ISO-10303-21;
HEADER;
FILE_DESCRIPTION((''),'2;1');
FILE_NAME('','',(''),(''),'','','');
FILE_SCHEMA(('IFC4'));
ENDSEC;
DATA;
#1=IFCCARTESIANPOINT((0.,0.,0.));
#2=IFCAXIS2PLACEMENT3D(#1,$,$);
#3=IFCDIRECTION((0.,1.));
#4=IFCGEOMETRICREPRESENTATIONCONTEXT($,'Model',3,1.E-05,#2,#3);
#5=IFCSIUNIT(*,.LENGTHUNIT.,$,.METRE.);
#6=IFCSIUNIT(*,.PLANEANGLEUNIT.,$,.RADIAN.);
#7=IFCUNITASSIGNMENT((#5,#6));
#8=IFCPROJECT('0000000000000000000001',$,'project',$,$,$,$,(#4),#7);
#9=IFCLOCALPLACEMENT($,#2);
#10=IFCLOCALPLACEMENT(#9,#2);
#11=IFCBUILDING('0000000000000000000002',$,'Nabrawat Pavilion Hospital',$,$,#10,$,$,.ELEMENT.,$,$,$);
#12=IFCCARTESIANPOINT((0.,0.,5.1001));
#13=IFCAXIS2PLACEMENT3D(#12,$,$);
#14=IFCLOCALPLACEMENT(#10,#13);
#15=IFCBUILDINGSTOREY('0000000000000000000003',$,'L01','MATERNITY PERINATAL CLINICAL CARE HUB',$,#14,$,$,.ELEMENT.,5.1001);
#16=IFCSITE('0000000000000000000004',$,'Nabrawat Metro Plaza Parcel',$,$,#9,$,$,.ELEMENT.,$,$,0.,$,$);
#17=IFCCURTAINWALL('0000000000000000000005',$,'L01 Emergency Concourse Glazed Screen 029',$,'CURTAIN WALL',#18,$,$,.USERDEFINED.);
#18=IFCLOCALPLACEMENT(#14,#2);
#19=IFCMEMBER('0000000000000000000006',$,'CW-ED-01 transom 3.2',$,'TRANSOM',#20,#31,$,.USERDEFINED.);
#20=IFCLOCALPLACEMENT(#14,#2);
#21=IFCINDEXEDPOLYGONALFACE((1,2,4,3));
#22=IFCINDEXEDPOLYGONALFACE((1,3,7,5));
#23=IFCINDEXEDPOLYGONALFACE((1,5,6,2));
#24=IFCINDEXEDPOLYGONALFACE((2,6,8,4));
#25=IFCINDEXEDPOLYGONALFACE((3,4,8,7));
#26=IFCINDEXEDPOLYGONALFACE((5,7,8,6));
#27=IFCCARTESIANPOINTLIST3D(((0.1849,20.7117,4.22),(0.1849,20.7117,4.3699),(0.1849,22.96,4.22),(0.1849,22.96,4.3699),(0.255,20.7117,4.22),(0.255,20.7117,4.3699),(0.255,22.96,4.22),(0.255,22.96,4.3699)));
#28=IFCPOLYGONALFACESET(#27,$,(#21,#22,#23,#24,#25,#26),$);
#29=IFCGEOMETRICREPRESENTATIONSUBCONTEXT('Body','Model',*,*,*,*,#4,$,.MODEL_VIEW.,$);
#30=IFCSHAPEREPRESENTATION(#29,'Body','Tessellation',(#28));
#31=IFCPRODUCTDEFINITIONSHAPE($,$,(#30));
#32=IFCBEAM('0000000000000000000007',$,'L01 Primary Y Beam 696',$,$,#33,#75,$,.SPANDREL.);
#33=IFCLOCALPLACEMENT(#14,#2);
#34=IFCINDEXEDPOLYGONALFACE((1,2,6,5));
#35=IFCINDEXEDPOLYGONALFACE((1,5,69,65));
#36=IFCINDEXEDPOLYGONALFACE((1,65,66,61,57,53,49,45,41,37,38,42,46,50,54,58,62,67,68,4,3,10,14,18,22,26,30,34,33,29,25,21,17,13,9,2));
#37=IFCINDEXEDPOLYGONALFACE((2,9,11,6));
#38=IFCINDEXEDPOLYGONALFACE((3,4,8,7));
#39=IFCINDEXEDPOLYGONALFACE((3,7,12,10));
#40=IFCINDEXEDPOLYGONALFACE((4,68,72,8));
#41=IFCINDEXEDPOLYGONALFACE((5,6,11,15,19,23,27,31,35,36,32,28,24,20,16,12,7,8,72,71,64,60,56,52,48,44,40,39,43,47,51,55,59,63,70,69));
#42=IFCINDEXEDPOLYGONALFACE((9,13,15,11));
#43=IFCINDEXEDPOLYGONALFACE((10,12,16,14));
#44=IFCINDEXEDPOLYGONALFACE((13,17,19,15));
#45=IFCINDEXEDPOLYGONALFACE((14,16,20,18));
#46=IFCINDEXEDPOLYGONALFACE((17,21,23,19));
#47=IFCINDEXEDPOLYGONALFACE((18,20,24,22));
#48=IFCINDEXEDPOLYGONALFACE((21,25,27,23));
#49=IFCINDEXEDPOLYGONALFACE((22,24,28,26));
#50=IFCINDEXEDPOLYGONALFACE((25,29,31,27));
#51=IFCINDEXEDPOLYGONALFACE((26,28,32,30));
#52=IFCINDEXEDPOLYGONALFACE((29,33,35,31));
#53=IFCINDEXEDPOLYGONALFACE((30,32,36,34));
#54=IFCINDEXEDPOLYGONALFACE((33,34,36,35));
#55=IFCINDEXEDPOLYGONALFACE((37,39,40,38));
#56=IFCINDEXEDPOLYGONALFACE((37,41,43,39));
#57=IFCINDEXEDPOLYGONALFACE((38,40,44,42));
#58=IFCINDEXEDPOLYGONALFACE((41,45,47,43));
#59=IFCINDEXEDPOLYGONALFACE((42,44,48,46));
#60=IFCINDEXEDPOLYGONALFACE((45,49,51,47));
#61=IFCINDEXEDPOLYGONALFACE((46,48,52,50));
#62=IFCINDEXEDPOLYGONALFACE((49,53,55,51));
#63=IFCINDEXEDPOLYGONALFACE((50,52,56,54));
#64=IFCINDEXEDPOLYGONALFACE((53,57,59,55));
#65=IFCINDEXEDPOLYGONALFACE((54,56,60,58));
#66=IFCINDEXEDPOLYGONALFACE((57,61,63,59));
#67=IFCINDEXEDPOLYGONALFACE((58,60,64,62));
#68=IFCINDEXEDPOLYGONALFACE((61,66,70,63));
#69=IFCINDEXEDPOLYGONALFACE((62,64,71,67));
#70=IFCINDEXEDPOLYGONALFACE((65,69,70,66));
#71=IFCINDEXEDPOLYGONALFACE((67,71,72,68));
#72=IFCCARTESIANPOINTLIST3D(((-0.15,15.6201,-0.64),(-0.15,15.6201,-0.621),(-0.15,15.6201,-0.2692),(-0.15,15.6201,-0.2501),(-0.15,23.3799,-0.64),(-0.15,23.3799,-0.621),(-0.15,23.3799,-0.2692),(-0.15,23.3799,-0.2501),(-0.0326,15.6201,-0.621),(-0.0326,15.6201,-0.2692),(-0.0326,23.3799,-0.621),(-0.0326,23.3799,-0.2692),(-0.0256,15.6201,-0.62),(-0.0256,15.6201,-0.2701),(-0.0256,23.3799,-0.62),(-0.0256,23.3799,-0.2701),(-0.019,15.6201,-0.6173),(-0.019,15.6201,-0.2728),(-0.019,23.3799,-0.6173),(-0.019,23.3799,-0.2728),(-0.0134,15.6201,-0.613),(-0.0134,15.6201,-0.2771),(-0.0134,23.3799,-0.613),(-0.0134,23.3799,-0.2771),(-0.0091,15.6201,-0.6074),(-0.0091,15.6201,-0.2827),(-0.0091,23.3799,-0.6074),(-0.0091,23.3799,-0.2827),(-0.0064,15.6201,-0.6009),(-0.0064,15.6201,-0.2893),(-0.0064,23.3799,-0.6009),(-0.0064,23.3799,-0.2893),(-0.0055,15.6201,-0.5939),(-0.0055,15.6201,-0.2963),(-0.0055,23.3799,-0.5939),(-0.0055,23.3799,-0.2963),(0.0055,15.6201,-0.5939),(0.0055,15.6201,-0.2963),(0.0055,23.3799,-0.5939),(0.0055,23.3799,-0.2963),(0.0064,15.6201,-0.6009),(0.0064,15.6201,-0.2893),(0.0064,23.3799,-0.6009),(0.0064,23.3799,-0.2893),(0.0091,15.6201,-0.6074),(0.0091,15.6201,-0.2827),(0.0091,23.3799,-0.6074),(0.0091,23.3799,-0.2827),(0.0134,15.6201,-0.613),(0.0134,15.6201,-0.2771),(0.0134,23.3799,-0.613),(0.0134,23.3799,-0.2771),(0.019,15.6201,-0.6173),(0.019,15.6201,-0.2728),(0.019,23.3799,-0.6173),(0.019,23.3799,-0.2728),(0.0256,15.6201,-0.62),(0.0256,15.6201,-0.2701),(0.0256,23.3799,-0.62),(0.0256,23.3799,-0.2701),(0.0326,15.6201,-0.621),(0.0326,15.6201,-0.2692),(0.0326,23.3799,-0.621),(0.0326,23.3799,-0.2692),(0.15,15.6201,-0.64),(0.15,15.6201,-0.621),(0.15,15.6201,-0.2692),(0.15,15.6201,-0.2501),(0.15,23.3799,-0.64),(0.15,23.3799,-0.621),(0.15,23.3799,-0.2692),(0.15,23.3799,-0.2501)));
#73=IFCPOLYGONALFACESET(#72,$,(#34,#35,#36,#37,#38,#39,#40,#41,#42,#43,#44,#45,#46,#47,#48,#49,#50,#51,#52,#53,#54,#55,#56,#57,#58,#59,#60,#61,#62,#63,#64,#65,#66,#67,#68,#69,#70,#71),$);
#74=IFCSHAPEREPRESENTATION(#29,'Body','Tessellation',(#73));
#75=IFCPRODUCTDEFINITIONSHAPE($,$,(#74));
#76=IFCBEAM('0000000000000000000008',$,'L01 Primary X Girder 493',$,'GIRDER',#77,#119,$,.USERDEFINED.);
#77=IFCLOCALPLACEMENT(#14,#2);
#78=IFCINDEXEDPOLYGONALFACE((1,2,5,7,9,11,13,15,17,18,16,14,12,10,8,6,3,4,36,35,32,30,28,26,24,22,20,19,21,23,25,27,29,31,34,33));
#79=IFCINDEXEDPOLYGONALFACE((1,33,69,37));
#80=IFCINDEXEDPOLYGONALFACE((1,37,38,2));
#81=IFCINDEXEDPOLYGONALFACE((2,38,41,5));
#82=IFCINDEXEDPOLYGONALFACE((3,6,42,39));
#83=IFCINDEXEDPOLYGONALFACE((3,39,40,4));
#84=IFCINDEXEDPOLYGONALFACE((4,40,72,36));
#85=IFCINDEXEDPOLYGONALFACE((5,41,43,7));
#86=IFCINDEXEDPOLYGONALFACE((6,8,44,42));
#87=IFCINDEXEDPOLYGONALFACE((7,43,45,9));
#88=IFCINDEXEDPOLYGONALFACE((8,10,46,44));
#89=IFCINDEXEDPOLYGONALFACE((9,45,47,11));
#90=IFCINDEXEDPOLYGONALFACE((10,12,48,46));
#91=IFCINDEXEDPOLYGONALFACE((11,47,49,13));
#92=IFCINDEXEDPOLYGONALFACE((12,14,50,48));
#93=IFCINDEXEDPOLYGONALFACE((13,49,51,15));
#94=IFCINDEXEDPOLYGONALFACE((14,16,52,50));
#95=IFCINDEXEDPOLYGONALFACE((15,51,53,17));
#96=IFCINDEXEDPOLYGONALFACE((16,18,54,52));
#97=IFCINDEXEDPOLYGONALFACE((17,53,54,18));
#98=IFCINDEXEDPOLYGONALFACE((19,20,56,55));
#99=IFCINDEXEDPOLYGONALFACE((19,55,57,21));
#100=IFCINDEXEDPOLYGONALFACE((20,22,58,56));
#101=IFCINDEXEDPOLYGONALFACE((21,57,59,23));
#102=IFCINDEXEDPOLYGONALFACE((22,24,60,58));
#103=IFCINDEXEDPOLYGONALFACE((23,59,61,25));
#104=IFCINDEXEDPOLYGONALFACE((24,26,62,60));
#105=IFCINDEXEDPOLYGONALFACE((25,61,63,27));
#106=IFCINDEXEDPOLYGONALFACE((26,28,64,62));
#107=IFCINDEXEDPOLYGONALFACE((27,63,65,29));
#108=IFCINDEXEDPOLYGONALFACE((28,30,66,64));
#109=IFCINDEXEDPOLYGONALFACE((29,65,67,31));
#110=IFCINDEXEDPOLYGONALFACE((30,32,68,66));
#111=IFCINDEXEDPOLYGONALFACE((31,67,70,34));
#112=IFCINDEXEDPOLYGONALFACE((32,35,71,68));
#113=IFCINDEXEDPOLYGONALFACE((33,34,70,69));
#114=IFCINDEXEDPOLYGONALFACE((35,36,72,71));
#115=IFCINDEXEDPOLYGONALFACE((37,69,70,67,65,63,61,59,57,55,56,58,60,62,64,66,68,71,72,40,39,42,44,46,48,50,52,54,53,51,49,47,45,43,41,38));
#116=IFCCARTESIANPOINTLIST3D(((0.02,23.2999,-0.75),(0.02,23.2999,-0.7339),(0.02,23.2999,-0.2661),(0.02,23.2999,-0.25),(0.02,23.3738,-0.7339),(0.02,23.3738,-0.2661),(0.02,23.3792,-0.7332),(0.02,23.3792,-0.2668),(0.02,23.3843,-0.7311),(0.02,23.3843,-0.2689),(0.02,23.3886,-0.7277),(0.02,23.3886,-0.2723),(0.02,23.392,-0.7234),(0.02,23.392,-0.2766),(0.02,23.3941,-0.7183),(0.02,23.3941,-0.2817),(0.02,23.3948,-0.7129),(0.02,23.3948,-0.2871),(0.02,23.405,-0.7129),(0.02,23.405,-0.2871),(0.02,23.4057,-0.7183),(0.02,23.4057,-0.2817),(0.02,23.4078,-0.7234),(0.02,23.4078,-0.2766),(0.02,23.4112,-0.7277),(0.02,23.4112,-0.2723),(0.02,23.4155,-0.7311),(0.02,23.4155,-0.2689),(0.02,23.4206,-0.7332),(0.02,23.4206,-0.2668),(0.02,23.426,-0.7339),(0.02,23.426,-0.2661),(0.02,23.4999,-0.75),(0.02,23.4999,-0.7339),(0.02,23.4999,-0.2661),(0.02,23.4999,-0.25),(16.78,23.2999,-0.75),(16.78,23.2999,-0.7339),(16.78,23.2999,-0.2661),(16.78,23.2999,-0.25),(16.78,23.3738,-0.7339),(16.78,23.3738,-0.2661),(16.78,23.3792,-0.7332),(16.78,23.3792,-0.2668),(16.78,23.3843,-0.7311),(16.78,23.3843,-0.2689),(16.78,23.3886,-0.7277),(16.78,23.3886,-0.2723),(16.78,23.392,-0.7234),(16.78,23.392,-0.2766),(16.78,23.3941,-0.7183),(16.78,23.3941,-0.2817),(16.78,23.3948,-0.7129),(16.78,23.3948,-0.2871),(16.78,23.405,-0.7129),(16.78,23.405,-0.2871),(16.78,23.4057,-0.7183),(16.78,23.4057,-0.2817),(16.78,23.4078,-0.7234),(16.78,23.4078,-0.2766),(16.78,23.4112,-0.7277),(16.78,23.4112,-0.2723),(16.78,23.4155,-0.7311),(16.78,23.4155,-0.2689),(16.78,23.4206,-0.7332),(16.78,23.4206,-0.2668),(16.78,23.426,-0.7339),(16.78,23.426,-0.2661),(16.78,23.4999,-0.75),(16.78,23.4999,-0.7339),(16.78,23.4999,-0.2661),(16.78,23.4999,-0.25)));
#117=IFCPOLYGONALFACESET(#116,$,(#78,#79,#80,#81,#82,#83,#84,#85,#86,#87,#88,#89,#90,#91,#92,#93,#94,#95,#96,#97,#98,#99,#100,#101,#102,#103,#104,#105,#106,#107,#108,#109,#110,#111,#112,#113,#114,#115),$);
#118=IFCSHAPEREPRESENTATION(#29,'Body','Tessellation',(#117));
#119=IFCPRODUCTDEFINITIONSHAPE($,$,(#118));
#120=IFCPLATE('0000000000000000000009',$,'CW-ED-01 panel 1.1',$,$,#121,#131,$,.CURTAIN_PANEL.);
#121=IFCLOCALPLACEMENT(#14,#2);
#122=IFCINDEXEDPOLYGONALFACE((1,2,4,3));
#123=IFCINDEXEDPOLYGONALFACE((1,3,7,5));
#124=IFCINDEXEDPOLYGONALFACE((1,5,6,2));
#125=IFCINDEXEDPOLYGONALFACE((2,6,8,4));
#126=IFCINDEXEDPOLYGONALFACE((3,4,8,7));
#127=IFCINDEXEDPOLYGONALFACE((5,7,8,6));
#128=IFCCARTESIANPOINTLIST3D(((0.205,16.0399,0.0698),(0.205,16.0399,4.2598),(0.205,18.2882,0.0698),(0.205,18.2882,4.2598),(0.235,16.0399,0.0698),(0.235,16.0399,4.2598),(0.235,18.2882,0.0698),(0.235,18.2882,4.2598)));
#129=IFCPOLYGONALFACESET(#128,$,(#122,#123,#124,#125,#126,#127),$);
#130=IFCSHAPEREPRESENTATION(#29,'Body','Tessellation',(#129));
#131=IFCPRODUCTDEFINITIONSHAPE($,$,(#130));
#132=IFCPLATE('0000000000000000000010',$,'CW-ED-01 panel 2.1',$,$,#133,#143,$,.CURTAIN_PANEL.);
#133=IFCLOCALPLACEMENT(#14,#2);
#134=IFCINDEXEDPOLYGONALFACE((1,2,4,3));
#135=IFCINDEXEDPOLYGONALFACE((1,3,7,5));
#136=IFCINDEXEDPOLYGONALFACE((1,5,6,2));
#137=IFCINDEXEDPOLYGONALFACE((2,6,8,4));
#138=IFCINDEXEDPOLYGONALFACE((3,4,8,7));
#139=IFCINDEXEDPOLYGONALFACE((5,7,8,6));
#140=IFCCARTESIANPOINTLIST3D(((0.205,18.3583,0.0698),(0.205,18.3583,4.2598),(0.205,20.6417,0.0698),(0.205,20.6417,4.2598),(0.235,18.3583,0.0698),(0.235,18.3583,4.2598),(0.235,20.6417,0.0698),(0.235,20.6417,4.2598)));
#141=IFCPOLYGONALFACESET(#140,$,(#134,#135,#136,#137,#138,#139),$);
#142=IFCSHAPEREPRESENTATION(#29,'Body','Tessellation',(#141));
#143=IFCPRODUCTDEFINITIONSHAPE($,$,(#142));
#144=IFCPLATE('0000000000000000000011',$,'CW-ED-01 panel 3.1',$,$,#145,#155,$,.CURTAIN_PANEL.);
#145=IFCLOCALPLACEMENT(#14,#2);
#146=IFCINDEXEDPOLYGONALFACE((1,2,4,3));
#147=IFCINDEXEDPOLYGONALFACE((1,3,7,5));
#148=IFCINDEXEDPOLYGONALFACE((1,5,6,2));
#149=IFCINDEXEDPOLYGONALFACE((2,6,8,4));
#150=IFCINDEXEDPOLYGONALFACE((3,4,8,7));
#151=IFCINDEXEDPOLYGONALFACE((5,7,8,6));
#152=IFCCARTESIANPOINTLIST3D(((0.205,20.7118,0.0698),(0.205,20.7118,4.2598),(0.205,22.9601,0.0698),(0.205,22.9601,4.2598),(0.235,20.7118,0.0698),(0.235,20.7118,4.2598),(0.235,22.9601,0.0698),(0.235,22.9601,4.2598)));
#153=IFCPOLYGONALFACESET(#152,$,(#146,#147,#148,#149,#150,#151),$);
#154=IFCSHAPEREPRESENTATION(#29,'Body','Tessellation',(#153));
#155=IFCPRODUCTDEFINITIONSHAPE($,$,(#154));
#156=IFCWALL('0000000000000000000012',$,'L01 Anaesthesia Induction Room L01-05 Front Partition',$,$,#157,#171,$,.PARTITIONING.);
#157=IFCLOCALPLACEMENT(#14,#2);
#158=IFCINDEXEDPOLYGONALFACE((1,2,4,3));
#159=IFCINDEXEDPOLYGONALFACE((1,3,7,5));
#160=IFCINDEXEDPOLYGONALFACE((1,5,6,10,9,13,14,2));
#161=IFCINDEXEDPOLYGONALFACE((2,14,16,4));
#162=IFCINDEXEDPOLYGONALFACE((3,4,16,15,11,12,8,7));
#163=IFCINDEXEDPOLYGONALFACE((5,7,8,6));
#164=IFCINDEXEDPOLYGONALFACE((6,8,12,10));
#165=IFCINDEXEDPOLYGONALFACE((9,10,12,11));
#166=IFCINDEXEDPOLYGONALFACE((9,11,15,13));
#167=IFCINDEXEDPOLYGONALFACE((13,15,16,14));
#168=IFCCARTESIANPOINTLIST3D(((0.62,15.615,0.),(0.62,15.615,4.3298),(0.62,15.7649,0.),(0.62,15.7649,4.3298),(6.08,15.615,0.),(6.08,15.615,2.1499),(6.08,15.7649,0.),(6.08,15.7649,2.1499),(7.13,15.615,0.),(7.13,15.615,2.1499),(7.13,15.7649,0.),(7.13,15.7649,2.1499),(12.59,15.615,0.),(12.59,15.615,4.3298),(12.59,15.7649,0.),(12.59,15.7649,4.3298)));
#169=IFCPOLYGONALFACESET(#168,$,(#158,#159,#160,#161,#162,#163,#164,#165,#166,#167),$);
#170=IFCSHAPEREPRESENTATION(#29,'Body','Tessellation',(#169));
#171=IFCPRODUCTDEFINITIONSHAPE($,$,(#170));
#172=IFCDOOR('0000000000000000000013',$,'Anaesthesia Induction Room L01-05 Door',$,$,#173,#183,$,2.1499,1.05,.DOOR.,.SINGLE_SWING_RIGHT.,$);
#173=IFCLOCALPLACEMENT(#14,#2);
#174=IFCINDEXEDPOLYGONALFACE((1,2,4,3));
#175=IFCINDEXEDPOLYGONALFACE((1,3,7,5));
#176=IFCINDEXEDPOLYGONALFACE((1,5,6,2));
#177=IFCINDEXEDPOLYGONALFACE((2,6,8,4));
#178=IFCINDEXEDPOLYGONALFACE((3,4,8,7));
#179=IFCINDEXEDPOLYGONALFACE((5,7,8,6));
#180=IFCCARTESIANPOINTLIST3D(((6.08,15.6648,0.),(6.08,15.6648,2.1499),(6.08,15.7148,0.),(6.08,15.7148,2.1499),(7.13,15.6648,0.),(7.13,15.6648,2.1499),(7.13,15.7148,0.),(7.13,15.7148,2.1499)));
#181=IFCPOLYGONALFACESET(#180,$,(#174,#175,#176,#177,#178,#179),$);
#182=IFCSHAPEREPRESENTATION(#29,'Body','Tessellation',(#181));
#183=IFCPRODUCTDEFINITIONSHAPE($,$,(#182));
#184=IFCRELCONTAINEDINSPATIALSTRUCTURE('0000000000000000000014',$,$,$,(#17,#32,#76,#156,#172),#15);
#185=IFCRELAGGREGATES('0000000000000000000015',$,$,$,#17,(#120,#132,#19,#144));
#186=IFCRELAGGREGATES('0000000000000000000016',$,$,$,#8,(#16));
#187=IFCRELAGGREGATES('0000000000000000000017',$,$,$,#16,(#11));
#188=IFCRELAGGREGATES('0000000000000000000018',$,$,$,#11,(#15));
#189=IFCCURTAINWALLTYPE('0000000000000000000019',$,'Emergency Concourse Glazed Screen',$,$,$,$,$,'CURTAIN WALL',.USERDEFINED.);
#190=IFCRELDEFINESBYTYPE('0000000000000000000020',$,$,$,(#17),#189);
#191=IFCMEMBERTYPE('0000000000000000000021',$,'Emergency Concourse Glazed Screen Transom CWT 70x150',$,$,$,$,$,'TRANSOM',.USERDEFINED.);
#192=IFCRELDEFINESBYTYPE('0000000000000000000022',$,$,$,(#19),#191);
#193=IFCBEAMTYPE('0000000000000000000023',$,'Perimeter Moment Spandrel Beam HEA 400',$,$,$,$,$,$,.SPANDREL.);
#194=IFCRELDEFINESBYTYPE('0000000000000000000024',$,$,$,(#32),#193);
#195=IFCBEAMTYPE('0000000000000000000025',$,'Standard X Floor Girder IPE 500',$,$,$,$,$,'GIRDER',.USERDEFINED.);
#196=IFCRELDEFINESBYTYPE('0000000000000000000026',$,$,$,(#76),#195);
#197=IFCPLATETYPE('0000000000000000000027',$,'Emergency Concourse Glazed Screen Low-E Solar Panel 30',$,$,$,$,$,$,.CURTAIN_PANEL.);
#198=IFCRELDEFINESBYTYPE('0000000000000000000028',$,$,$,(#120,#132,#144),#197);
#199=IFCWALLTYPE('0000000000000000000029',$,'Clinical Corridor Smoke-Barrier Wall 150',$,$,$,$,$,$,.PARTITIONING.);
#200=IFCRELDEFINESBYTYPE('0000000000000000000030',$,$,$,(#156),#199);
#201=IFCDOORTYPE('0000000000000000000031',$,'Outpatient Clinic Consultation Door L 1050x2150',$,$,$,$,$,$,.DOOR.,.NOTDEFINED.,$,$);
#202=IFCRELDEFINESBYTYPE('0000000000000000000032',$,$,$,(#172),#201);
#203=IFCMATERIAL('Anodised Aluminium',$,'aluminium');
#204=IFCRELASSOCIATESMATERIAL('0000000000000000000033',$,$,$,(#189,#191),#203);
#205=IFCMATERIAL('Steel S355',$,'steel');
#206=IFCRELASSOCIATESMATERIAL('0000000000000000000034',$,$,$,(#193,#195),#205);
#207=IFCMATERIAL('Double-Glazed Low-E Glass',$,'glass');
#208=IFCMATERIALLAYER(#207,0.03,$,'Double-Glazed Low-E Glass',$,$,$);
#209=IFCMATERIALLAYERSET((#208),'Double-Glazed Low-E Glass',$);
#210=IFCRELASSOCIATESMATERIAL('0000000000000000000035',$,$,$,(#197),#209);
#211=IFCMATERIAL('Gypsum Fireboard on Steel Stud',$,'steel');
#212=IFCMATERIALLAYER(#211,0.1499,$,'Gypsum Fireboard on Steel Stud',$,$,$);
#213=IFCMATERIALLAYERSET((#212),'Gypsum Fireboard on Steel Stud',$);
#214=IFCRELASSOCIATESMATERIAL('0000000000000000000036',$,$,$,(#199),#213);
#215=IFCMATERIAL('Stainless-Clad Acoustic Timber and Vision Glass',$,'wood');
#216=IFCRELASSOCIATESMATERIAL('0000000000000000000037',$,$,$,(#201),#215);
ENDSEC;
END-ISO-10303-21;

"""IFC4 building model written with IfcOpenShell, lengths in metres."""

from ifc_helpers import new_model, si_unit, direction, frame, frame_2d, origin, origin_2d, place, context, subcontext, project, spatial, rectangle, i_section, extrude, material, layer, layer_set, material_profile, profile_set, type_object, element, fill, aggregate, save


model = new_model("IFC4")

# Units and contexts
model_context = context("Model", 3, precision=1e-05, world=origin(), true_north=direction((0.0, 1.0)))
body_context = subcontext(model_context, "Body", "Model", "MODEL_VIEW")
ifc_project = project(units=[si_unit("LENGTHUNIT", "METRE"), si_unit("PLANEANGLEUNIT", "RADIAN")], contexts=[model_context])

# Site, building, storey
site_placement = place(None, origin())
site = spatial("IfcSite", under=ifc_project, at=site_placement, Name="Nabrawat Metro Plaza Parcel", CompositionType="ELEMENT", RefElevation=0.0)
building_placement = place(site_placement, origin())
building = spatial("IfcBuilding", under=site, at=building_placement, Name="Nabrawat Pavilion Hospital", CompositionType="ELEMENT")
storey_placement = place(building_placement, frame((0.0, 0.0, 5.1001)))
storey = spatial("IfcBuildingStorey", under=building, at=storey_placement, Name="L01", Description="MATERNITY PERINATAL CLINICAL CARE HUB", CompositionType="ELEMENT", Elevation=5.1001)

# Shared definitions
ifc_material_1 = material(Name="Steel S355", Category="steel")

# Curtain wall, member
ifc_material_2 = material(Name="Anodised Aluminium", Category="aluminium")
curtain_wall_type = type_object("IfcCurtainWallType", Name="Emergency Concourse Glazed Screen", ElementType="CURTAIN WALL", PredefinedType="USERDEFINED", material=ifc_material_2)
curtain_wall_placement = place(storey_placement, origin())
curtain_wall = element("IfcCurtainWall", 1, at=curtain_wall_placement, inside=storey, type_object=curtain_wall_type, Name="L01 Emergency Concourse Glazed Screen 029", ObjectType="CURTAIN WALL", PredefinedType="USERDEFINED")
ifc_material_profile_1 = material_profile(ifc_material_2, rectangle(XDim=0.0701, YDim=0.1499, at=origin_2d()), Name="CWT 70x150")
ifc_profile_set_1 = profile_set([ifc_material_profile_1], Name="Anodised Aluminium")
member_type_1 = type_object("IfcMemberType", Name="Emergency Concourse Glazed Screen Transom CWT 70x150", ElementType="TRANSOM", PredefinedType="USERDEFINED", material=ifc_profile_set_1)
member_1_placement = place(storey_placement, frame((0.22, 20.7117, 4.2949), z_axis=(0.0, 1.0, 0.0), x_axis=(-1.0, 0.0, 0.0)))
member_1 = element("IfcMember", 2, at=member_1_placement, type_object=member_type_1, Name="CW-ED-01 transom 3.2", ObjectType="TRANSOM", PredefinedType="USERDEFINED", context=body_context, shape_type="SweptSolid", body=[
    extrude(rectangle(XDim=0.0701, YDim=0.1499, at=origin_2d()), origin(), (0.0, 0.0, 1.0), 2.2483),
])

# Beams
ifc_material_profile_2 = material_profile(ifc_material_1, i_section(OverallWidth=0.3, OverallDepth=0.3899, WebThickness=0.011, FlangeThickness=0.019, FilletRadius=0.0271, at=origin_2d()), Name="HEA 400")
ifc_profile_set_2 = profile_set([ifc_material_profile_2], Name="Steel S355")
beam_type_1 = type_object("IfcBeamType", Name="Perimeter Moment Spandrel Beam HEA 400", PredefinedType="SPANDREL", material=ifc_profile_set_2)
beam_1_placement = place(storey_placement, frame((0.0, 15.6201, -0.4451), z_axis=(0.0, 1.0, 0.0), x_axis=(-1.0, 0.0, 0.0)))
element("IfcBeam", 3, at=beam_1_placement, inside=storey, type_object=beam_type_1, Name="L01 Primary Y Beam 696", PredefinedType="SPANDREL", context=body_context, shape_type="SweptSolid", body=[
    extrude(i_section(OverallWidth=0.3, OverallDepth=0.3899, WebThickness=0.011, FlangeThickness=0.019, FilletRadius=0.0271, at=origin_2d()), origin(), (0.0, 0.0, 1.0), 7.7598),
])
ifc_material_profile_3 = material_profile(ifc_material_1, i_section(OverallWidth=0.2, OverallDepth=0.5, WebThickness=0.0103, FlangeThickness=0.0161, FilletRadius=0.021, at=origin_2d()), Name="IPE 500")
ifc_profile_set_3 = profile_set([ifc_material_profile_3], Name="Steel S355")
beam_type_2 = type_object("IfcBeamType", Name="Standard X Floor Girder IPE 500", ElementType="GIRDER", PredefinedType="USERDEFINED", material=ifc_profile_set_3)
beam_2_placement = place(storey_placement, frame((0.02, 23.3999, -0.5), z_axis=(1.0, 0.0, 0.0), x_axis=(0.0, 1.0, 0.0)))
element("IfcBeam", 4, at=beam_2_placement, inside=storey, type_object=beam_type_2, Name="L01 Primary X Girder 493", ObjectType="GIRDER", PredefinedType="USERDEFINED", context=body_context, shape_type="SweptSolid", body=[
    extrude(i_section(OverallWidth=0.2, OverallDepth=0.5, WebThickness=0.0103, FlangeThickness=0.0161, FilletRadius=0.021, at=origin_2d()), origin(), (0.0, 0.0, 1.0), 16.76),
])

# Plates
ifc_material_3 = material(Name="Double-Glazed Low-E Glass", Category="glass")
ifc_layer_1 = layer(ifc_material_3, 0.03, Name="Double-Glazed Low-E Glass")
ifc_layer_set_1 = layer_set([ifc_layer_1], Name="Double-Glazed Low-E Glass")
plate_type = type_object("IfcPlateType", Name="Emergency Concourse Glazed Screen Low-E Solar Panel 30", PredefinedType="CURTAIN_PANEL", material=ifc_layer_set_1)
plate_1_placement = place(storey_placement, frame((0.22, 17.1641, 0.0698), z_axis=(0.0, 0.0, 1.0), x_axis=(0.0, 1.0, 0.0)))
plate_1 = element("IfcPlate", 5, at=plate_1_placement, type_object=plate_type, Name="CW-ED-01 panel 1.1", PredefinedType="CURTAIN_PANEL", context=body_context, shape_type="SweptSolid", body=[
    extrude(rectangle(XDim=2.2483, YDim=0.03, at=origin_2d()), origin(), (0.0, 0.0, 1.0), 4.1899),
])
plate_2_placement = place(storey_placement, frame((0.22, 19.5, 0.0698), z_axis=(0.0, 0.0, 1.0), x_axis=(0.0, 1.0, 0.0)))
plate_2 = element("IfcPlate", 6, at=plate_2_placement, type_object=plate_type, Name="CW-ED-01 panel 2.1", PredefinedType="CURTAIN_PANEL", context=body_context, shape_type="SweptSolid", body=[
    extrude(rectangle(XDim=2.2834, YDim=0.03, at=origin_2d()), origin(), (0.0, 0.0, 1.0), 4.1899),
])
plate_3_placement = place(storey_placement, frame((0.22, 21.8359, 0.0698), z_axis=(0.0, 0.0, 1.0), x_axis=(0.0, 1.0, 0.0)))
plate_3 = element("IfcPlate", 7, at=plate_3_placement, type_object=plate_type, Name="CW-ED-01 panel 3.1", PredefinedType="CURTAIN_PANEL", context=body_context, shape_type="SweptSolid", body=[
    extrude(rectangle(XDim=2.2483, YDim=0.03, at=origin_2d()), origin(), (0.0, 0.0, 1.0), 4.1899),
])
aggregate(curtain_wall, [plate_1, plate_2, member_1, plate_3])

# Wall, opening, door
ifc_material_4 = material(Name="Gypsum Fireboard on Steel Stud", Category="steel")
ifc_layer_2 = layer(ifc_material_4, 0.1499, Name="Gypsum Fireboard on Steel Stud")
ifc_layer_set_2 = layer_set([ifc_layer_2], Name="Gypsum Fireboard on Steel Stud")
wall_type = type_object("IfcWallType", Name="Clinical Corridor Smoke-Barrier Wall 150", PredefinedType="PARTITIONING", material=ifc_layer_set_2)
wall_placement = place(storey_placement, frame((0.6201, 15.6899, 0.0), z_axis=(0.0, 0.0, 1.0), x_axis=(1.0, 0.0, 0.0)))
wall = element("IfcWall", 8, at=wall_placement, inside=storey, type_object=wall_type, Name="L01 Anaesthesia Induction Room L01-05 Front Partition", PredefinedType="PARTITIONING", context=body_context, shape_type="SweptSolid", body=[
    extrude(rectangle(XDim=11.97, YDim=0.1499, at=frame_2d((5.9849, 0.0))), origin(), (0.0, 0.0, 1.0), 4.3298),
])
opening_placement = place(wall_placement, frame((5.46, 0.0, 0.0)))
opening = element("IfcOpeningElement", 9, at=opening_placement, cuts=wall, PredefinedType="OPENING", context=body_context, shape_type="SweptSolid", body=[
    extrude(rectangle(XDim=1.05, YDim=2.1499, at=frame_2d((0.5249, 1.075))), frame((0.0, 0.085, 0.0), z_axis=(0.0, -1.0, 0.0), x_axis=(1.0, 0.0, 0.0)), (0.0, 0.0, 1.0), 0.1699),
])
ifc_material_5 = material(Name="Stainless-Clad Acoustic Timber and Vision Glass", Category="wood")
door_type = type_object("IfcDoorType", Name="Outpatient Clinic Consultation Door L 1050x2150", OperationType="NOTDEFINED", PredefinedType="DOOR", material=ifc_material_5)
door_placement = place(opening_placement, origin())
door = element("IfcDoor", 10, at=door_placement, inside=storey, type_object=door_type, Name="Anaesthesia Induction Room L01-05 Door", OperationType="SINGLE_SWING_RIGHT", OverallHeight=2.1499, OverallWidth=1.05, PredefinedType="DOOR", context=body_context, shape_type="SweptSolid", body=[
    extrude(rectangle(XDim=1.05, YDim=2.1499, at=frame_2d((0.5249, 1.075))), frame((0.0, 0.0249, 0.0), z_axis=(0.0, -1.0, 0.0), x_axis=(1.0, 0.0, 0.0)), (0.0, 0.0, 1.0), 0.05),
])
fill(opening, door)

save(model, "model.ifc")
